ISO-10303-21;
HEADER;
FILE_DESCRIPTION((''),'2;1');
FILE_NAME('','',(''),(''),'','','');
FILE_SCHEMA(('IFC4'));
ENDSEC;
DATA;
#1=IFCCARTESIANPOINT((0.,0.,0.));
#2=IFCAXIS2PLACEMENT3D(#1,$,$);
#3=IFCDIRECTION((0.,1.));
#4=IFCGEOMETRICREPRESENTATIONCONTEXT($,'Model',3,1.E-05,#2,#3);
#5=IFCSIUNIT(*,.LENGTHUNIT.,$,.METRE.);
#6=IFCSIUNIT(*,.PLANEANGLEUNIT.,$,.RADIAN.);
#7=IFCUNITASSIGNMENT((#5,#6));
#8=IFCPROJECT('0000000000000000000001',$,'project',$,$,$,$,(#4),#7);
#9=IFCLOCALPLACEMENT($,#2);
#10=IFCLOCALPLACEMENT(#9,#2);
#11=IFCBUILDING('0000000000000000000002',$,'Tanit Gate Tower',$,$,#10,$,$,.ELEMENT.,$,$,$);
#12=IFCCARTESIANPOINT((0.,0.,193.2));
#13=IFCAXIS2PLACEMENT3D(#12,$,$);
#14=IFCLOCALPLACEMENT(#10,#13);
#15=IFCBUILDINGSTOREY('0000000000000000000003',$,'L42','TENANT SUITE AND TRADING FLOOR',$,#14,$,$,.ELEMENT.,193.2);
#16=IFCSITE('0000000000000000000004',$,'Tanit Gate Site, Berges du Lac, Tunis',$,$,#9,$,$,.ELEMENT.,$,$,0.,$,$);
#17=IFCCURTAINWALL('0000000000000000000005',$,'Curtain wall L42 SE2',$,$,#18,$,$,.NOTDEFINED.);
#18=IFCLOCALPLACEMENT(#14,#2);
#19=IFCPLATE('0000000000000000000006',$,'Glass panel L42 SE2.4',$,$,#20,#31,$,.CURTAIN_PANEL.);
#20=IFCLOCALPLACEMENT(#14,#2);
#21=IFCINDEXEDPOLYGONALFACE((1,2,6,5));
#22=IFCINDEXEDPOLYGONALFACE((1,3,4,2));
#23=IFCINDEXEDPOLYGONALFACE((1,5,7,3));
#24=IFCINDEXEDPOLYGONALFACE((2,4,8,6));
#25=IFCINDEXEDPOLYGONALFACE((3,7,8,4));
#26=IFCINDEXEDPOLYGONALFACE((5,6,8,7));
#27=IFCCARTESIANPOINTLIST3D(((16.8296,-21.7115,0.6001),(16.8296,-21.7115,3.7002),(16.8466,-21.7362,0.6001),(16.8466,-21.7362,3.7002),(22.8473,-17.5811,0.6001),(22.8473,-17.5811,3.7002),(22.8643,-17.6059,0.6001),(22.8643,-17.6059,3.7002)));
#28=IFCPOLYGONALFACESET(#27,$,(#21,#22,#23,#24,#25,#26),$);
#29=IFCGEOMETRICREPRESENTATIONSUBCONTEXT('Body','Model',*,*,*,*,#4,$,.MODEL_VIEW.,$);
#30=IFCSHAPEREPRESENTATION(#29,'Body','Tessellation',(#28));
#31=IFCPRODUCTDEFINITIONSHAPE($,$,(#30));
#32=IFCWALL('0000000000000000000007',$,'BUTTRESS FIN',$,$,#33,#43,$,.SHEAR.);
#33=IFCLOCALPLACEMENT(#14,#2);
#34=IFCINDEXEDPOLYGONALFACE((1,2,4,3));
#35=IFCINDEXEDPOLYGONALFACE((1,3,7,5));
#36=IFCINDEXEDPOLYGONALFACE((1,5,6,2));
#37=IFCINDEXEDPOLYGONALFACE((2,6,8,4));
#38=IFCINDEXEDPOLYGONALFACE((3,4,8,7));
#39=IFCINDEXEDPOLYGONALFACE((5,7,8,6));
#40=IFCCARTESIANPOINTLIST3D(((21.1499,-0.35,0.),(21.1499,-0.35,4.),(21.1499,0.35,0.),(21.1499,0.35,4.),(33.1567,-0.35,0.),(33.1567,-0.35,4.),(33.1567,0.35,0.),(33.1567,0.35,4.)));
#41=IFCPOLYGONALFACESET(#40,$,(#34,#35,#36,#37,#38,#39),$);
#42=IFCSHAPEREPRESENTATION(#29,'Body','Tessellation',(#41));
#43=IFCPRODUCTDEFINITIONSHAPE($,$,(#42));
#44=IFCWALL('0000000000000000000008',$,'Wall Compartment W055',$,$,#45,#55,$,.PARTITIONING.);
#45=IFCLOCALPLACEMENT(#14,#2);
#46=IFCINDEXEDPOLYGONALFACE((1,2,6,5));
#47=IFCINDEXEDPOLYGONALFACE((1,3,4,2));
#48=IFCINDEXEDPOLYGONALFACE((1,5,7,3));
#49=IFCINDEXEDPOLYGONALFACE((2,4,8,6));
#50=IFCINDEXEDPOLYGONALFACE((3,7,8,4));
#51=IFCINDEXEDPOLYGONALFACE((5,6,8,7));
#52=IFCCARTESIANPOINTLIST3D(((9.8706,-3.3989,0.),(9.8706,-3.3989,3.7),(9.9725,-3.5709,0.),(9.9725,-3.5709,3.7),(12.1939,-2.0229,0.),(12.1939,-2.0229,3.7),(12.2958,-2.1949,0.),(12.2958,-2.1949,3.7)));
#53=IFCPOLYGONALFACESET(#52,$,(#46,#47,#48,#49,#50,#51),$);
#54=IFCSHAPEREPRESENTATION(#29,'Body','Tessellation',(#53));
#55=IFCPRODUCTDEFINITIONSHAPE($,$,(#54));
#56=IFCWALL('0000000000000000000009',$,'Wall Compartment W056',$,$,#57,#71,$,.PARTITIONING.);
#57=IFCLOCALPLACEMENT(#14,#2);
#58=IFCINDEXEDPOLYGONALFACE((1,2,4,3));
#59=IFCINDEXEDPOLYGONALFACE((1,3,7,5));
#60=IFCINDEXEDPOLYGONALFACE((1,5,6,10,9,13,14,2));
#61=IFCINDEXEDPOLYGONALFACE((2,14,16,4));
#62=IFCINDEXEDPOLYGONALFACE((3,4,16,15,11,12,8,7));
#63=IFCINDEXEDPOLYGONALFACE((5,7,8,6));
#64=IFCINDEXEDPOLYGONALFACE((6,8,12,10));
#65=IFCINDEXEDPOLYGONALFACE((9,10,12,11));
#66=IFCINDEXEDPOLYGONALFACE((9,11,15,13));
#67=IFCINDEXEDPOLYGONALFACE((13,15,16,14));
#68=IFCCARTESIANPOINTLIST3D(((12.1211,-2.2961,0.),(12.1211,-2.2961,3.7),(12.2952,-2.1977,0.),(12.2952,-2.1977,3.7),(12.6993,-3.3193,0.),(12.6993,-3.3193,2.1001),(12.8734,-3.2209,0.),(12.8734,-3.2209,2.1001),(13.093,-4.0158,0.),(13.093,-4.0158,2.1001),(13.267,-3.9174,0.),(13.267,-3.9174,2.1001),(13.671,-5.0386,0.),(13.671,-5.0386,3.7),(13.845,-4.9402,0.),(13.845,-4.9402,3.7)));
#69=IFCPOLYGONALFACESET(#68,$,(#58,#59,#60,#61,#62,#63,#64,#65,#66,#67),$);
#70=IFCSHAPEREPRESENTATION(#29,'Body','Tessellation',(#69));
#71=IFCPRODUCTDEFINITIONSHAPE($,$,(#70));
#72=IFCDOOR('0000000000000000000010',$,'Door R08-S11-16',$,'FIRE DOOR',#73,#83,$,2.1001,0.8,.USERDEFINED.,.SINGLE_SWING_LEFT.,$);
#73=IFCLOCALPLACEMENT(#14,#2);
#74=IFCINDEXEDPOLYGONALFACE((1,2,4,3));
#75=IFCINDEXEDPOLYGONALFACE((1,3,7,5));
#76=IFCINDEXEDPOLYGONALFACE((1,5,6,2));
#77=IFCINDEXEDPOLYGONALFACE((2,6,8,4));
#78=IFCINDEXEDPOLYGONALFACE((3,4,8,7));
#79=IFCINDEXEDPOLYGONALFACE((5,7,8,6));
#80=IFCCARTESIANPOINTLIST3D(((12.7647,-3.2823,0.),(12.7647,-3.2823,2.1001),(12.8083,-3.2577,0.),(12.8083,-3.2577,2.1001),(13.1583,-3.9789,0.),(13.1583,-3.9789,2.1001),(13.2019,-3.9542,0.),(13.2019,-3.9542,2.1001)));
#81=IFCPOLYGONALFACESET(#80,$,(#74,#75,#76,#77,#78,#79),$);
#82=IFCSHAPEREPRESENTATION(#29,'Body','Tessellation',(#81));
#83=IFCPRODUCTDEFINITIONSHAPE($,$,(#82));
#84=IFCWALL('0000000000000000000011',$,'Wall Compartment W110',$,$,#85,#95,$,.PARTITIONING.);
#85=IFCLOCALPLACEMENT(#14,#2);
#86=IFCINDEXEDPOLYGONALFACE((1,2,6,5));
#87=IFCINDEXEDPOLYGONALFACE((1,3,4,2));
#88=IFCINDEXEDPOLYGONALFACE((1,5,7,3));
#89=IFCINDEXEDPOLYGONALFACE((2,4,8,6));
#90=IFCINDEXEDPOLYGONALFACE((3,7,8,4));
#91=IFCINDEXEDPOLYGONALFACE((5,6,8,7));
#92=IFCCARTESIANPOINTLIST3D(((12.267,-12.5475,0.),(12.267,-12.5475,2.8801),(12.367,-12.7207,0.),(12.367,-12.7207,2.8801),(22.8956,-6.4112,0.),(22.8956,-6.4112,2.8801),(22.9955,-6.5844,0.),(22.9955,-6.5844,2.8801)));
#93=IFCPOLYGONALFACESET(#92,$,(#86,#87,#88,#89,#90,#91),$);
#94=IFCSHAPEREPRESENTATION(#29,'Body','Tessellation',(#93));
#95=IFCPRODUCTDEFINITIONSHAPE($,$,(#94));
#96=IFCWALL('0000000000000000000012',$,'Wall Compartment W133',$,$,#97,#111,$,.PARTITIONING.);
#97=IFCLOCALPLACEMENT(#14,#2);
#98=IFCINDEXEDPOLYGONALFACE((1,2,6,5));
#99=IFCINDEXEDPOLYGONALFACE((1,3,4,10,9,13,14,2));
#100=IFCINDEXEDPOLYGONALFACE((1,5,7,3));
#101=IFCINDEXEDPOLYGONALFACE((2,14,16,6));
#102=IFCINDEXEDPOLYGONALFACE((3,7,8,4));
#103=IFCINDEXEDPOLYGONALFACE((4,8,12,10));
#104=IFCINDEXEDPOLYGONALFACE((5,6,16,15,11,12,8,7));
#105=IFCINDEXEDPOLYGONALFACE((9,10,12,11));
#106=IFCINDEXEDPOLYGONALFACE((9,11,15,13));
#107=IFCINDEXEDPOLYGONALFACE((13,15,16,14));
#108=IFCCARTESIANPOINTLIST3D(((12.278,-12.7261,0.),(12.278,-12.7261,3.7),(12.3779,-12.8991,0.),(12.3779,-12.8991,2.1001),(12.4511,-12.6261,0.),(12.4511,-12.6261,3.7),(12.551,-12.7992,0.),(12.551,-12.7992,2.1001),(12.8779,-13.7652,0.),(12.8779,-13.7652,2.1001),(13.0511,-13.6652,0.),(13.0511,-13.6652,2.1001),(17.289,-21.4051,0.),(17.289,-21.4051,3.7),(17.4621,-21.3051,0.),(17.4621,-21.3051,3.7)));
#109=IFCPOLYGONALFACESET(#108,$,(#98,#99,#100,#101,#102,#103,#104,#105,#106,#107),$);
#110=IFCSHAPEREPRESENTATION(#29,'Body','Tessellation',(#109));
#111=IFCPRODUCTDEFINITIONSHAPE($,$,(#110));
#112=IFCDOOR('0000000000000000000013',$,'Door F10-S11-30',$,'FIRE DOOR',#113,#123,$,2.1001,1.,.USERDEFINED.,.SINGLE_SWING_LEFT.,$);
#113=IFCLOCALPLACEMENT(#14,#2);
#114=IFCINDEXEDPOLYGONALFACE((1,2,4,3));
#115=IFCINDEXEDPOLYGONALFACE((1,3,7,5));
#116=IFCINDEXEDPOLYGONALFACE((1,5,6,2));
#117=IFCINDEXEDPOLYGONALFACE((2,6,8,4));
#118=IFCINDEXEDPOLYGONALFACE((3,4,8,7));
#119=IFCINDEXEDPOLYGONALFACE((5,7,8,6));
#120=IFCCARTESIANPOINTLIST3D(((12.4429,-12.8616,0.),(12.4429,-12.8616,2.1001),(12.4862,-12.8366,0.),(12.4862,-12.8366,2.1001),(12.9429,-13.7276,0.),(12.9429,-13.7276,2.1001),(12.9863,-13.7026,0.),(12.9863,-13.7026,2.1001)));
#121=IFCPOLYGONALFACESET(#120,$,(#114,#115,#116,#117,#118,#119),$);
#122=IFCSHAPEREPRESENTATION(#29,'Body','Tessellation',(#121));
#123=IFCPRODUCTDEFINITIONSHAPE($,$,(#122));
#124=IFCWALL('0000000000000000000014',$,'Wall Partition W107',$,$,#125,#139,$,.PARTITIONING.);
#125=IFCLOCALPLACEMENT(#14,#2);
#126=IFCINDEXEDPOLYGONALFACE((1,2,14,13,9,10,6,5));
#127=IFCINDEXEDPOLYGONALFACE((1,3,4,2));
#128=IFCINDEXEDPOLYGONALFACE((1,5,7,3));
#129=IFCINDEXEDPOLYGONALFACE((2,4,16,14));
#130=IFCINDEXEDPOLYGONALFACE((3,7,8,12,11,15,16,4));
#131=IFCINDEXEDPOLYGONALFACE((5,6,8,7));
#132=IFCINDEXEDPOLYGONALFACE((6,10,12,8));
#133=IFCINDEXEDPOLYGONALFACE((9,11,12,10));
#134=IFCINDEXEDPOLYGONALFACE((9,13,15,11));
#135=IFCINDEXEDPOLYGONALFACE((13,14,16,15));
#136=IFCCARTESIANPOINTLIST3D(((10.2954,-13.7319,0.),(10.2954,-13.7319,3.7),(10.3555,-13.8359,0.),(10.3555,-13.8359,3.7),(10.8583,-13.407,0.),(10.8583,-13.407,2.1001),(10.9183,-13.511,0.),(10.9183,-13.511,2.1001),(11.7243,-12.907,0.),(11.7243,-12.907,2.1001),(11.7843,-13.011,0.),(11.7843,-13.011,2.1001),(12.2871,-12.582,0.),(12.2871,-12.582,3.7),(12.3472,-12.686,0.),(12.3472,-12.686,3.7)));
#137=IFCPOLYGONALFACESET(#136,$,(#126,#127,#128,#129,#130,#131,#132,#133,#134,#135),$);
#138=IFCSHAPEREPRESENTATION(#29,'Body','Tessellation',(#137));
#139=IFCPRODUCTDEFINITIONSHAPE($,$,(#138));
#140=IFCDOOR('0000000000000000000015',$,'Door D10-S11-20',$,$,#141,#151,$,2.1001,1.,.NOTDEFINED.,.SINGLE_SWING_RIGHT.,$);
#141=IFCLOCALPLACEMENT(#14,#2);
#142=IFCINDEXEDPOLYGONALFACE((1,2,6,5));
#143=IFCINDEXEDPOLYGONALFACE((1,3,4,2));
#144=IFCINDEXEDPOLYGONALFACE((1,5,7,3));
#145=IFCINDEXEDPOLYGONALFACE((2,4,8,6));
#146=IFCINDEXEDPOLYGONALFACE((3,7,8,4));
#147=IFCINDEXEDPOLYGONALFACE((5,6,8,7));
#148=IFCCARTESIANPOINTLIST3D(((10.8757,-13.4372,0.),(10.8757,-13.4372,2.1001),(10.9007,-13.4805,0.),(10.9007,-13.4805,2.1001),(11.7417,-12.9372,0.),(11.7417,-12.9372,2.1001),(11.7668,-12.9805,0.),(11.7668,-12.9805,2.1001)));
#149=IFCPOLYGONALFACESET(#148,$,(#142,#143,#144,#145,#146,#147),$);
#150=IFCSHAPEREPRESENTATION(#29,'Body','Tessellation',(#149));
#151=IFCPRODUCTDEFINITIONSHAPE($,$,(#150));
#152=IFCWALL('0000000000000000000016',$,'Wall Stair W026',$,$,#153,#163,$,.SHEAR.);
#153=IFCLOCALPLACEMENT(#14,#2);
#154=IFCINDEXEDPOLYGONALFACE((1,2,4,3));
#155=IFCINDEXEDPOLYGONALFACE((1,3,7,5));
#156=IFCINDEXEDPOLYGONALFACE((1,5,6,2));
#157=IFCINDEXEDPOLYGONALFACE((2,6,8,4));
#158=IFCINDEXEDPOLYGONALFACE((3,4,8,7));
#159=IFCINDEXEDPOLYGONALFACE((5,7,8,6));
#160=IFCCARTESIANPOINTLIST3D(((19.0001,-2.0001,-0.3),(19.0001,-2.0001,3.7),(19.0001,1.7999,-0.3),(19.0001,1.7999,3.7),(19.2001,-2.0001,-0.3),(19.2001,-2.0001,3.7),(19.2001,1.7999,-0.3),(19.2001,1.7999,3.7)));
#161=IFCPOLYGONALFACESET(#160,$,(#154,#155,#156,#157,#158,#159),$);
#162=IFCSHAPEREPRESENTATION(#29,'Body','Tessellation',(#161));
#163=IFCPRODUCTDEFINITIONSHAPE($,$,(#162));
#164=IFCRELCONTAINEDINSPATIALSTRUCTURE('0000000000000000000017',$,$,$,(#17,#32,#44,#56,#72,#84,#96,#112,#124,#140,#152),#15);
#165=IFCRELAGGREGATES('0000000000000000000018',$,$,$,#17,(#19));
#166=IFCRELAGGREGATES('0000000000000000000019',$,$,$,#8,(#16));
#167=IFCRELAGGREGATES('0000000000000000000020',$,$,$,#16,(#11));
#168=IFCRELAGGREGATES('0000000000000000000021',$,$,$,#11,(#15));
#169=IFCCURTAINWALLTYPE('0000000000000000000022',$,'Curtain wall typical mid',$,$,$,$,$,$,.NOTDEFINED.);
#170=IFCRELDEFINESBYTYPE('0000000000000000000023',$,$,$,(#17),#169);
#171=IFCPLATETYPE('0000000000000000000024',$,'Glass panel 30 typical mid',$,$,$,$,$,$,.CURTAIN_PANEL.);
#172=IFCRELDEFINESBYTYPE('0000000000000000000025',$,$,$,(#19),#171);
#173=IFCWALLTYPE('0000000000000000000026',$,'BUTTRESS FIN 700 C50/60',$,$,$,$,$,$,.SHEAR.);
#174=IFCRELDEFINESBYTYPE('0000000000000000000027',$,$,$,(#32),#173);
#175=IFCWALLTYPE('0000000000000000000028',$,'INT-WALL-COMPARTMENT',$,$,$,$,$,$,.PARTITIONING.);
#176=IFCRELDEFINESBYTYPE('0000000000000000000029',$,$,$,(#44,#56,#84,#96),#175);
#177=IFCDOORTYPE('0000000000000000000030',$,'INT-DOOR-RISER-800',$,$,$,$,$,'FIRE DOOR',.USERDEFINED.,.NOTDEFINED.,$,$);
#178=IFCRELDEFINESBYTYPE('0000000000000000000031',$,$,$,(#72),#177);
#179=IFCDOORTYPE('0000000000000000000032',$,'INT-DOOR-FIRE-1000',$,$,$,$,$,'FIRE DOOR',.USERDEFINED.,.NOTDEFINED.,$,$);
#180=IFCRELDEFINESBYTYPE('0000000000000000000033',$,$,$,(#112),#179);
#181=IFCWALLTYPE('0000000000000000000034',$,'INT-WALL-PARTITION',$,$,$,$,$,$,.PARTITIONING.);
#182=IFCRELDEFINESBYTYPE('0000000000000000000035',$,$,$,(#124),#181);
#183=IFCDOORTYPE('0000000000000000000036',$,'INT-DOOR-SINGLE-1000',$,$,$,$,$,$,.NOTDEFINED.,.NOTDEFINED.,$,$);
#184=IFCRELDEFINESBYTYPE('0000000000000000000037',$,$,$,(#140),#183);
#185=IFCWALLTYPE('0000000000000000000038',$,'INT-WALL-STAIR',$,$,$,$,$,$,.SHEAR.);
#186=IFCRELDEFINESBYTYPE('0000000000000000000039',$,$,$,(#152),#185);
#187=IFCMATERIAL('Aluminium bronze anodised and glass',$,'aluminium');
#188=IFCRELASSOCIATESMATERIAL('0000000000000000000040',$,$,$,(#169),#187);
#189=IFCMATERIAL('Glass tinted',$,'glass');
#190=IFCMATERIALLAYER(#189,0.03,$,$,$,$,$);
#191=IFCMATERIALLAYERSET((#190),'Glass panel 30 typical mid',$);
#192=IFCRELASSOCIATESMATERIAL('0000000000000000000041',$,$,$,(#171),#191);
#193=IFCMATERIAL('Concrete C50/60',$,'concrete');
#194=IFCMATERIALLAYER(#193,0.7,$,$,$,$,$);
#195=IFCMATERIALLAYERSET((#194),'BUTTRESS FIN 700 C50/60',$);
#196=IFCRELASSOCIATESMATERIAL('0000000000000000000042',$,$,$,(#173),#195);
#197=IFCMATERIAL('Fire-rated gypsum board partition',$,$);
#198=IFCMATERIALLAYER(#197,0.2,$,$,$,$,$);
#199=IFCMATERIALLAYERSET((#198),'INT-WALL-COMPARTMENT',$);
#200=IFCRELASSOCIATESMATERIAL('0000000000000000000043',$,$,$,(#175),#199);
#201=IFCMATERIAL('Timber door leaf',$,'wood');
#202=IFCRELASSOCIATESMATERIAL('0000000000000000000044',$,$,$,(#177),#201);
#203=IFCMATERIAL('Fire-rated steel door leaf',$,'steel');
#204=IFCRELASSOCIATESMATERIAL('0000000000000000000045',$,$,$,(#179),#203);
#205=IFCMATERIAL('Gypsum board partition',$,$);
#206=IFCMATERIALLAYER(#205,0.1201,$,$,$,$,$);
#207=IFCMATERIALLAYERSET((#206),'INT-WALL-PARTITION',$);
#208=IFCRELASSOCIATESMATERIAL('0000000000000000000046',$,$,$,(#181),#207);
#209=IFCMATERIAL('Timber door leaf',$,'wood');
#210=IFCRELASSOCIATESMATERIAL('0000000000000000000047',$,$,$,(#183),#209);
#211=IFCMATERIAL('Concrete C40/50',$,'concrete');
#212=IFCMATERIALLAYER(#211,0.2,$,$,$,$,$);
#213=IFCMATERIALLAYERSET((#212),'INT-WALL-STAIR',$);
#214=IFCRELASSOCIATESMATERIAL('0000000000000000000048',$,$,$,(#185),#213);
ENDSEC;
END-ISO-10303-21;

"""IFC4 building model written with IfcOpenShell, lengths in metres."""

from ifc_helpers import new_model, si_unit, direction, frame, frame_2d, origin, origin_2d, place, context, subcontext, project, spatial, rectangle, extrude, material, layer, layer_set, type_object, element, fill, aggregate, save


model = new_model("IFC4")

# Units and contexts
model_context = context("Model", 3, precision=1e-05, world=origin(), true_north=direction((0.0, 1.0)))
body_context = subcontext(model_context, "Body", "Model", "MODEL_VIEW")
ifc_project = project(units=[si_unit("LENGTHUNIT", "METRE"), si_unit("PLANEANGLEUNIT", "RADIAN")], contexts=[model_context])

# Site, building, storey
site_placement = place(None, origin())
site = spatial("IfcSite", under=ifc_project, at=site_placement, Name="Tanit Gate Site, Berges du Lac, Tunis", CompositionType="ELEMENT", RefElevation=0.0)
building_placement = place(site_placement, origin())
building = spatial("IfcBuilding", under=site, at=building_placement, Name="Tanit Gate Tower", CompositionType="ELEMENT")
storey_placement = place(building_placement, frame((0.0, 0.0, 193.2)))
storey = spatial("IfcBuildingStorey", under=building, at=storey_placement, Name="L42", Description="TENANT SUITE AND TRADING FLOOR", CompositionType="ELEMENT", Elevation=193.2)

# Curtain wall
ifc_material_1 = material(Name="Aluminium bronze anodised and glass", Category="aluminium")
curtain_wall_type = type_object("IfcCurtainWallType", Name="Curtain wall typical mid", PredefinedType="NOTDEFINED", material=ifc_material_1)
curtain_wall_placement = place(storey_placement, origin())
curtain_wall = element("IfcCurtainWall", 1, at=curtain_wall_placement, inside=storey, type_object=curtain_wall_type, Name="Curtain wall L42 SE2", PredefinedType="NOTDEFINED")

# Plate
ifc_material_2 = material(Name="Glass tinted", Category="glass")
ifc_layer_1 = layer(ifc_material_2, 0.03)
ifc_layer_set_1 = layer_set([ifc_layer_1], Name="Glass panel 30 typical mid")
plate_type = type_object("IfcPlateType", Name="Glass panel 30 typical mid", PredefinedType="CURTAIN_PANEL", material=ifc_layer_set_1)
plate_1_placement = place(storey_placement, frame((19.8469, -19.6587, 0.6001), z_axis=(0.0, 0.0, 1.0), x_axis=(0.824479, 0.565893, 0.0)))
plate_1 = element("IfcPlate", 2, at=plate_1_placement, type_object=plate_type, Name="Glass panel L42 SE2.4", PredefinedType="CURTAIN_PANEL", context=body_context, shape_type="SweptSolid", body=[
    extrude(rectangle(XDim=7.2988, YDim=0.03, at=origin_2d()), origin(), (0.0, 0.0, 1.0), 3.1001),
])
aggregate(curtain_wall, [plate_1])

# Walls
ifc_material_3 = material(Name="Concrete C50/60", Category="concrete")
ifc_layer_2 = layer(ifc_material_3, 0.7)
ifc_layer_set_2 = layer_set([ifc_layer_2], Name="BUTTRESS FIN 700 C50/60")
wall_type_1 = type_object("IfcWallType", Name="BUTTRESS FIN 700 C50/60", PredefinedType="SHEAR", material=ifc_layer_set_2)
wall_1_placement = place(storey_placement, frame((21.1499, 0.0, 0.0), z_axis=(0.0, 0.0, 1.0), x_axis=(1.0, 0.0, 0.0)))
element("IfcWall", 3, at=wall_1_placement, inside=storey, type_object=wall_type_1, Name="BUTTRESS FIN", PredefinedType="SHEAR", context=body_context, shape_type="SweptSolid", body=[
    extrude(rectangle(XDim=12.0068, YDim=0.7, at=frame_2d((6.0034, 0.0))), origin(), (0.0, 0.0, 1.0), 4.0),
])
ifc_material_4 = material(Name="Fire-rated gypsum board partition")
ifc_layer_3 = layer(ifc_material_4, 0.2)
ifc_layer_set_3 = layer_set([ifc_layer_3], Name="INT-WALL-COMPARTMENT")
wall_type_2 = type_object("IfcWallType", Name="INT-WALL-COMPARTMENT", PredefinedType="PARTITIONING", material=ifc_layer_set_3)
wall_2_placement = place(storey_placement, frame((12.2449, -2.1089, 0.0), z_axis=(0.0, 0.0, 1.0), x_axis=(-0.860415, -0.509594, 0.0)))
element("IfcWall", 4, at=wall_2_placement, inside=storey, type_object=wall_type_2, Name="Wall Compartment W055", PredefinedType="PARTITIONING", context=body_context, shape_type="SweptSolid", body=[
    extrude(rectangle(XDim=2.7002, YDim=0.2, at=frame_2d((1.3501, 0.0))), origin(), (0.0, 0.0, 1.0), 3.7),
])

# Wall, opening, door
wall_3_placement = place(storey_placement, frame((13.7581, -4.9895, 0.0), z_axis=(0.0, 0.0, 1.0), x_axis=(-0.491993, 0.870599, 0.0)))
wall_3 = element("IfcWall", 5, at=wall_3_placement, inside=storey, type_object=wall_type_2, Name="Wall Compartment W056", PredefinedType="PARTITIONING", context=body_context, shape_type="SweptSolid", body=[
    extrude(rectangle(XDim=3.1501, YDim=0.2, at=frame_2d((1.5752, 0.0))), origin(), (0.0, 0.0, 1.0), 3.7),
])
opening_1_placement = place(wall_3_placement, frame((1.175, 0.0, 0.0)))
opening_1 = element("IfcOpeningElement", 6, at=opening_1_placement, cuts=wall_3, PredefinedType="OPENING", context=body_context, shape_type="SweptSolid", body=[
    extrude(rectangle(XDim=0.8, YDim=2.1001, at=frame_2d((0.3999, 1.05))), frame((0.0, 0.1099, 0.0), z_axis=(0.0, -1.0, 0.0), x_axis=(1.0, 0.0, 0.0)), (0.0, 0.0, 1.0), 0.22),
])
ifc_material_5 = material(Name="Timber door leaf", Category="wood")
door_type_1 = type_object("IfcDoorType", Name="INT-DOOR-RISER-800", ElementType="FIRE DOOR", OperationType="NOTDEFINED", PredefinedType="USERDEFINED", material=ifc_material_5)
door_1_placement = place(opening_1_placement, origin())
door_1 = element("IfcDoor", 7, at=door_1_placement, inside=storey, type_object=door_type_1, Name="Door R08-S11-16", ObjectType="FIRE DOOR", OperationType="SINGLE_SWING_LEFT", OverallHeight=2.1001, OverallWidth=0.8, PredefinedType="USERDEFINED", context=body_context, shape_type="SweptSolid", body=[
    extrude(rectangle(XDim=0.8, YDim=2.1001, at=frame_2d((0.3999, 1.05))), frame((0.0, 0.0249, 0.0), z_axis=(0.0, -1.0, 0.0), x_axis=(1.0, 0.0, 0.0)), (0.0, 0.0, 1.0), 0.05),
])
fill(opening_1, door_1)

# Wall
wall_4_placement = place(storey_placement, frame((12.3171, -12.634, 0.0), z_axis=(0.0, 0.0, 1.0), x_axis=(0.866029, 0.499995, 0.0)))
element("IfcWall", 8, at=wall_4_placement, inside=storey, type_object=wall_type_2, Name="Wall Compartment W110", PredefinedType="PARTITIONING", context=body_context, shape_type="SweptSolid", body=[
    extrude(rectangle(XDim=12.2727, YDim=0.2, at=frame_2d((6.1362, 0.0))), origin(), (0.0, 0.0, 1.0), 2.8801),
])

# Walls, openings, doors
wall_5_placement = place(storey_placement, frame((17.3755, -21.355, 0.0), z_axis=(0.0, 0.0, 1.0), x_axis=(-0.500014, 0.866017, 0.0)))
wall_5 = element("IfcWall", 9, at=wall_5_placement, inside=storey, type_object=wall_type_2, Name="Wall Compartment W133", PredefinedType="PARTITIONING", context=body_context, shape_type="SweptSolid", body=[
    extrude(rectangle(XDim=10.0217, YDim=0.2, at=frame_2d((5.0107, 0.0))), origin(), (0.0, 0.0, 1.0), 3.7),
])
opening_2_placement = place(wall_5_placement, frame((8.8218, 0.0, 0.0)))
opening_2 = element("IfcOpeningElement", 10, at=opening_2_placement, cuts=wall_5, PredefinedType="OPENING", context=body_context, shape_type="SweptSolid", body=[
    extrude(rectangle(XDim=1.0, YDim=2.1001, at=frame_2d((0.5, 1.05))), frame((0.0, 0.1099, 0.0), z_axis=(0.0, -1.0, 0.0), x_axis=(1.0, 0.0, 0.0)), (0.0, 0.0, 1.0), 0.22),
])
ifc_material_6 = material(Name="Fire-rated steel door leaf", Category="steel")
door_type_2 = type_object("IfcDoorType", Name="INT-DOOR-FIRE-1000", ElementType="FIRE DOOR", OperationType="NOTDEFINED", PredefinedType="USERDEFINED", material=ifc_material_6)
door_2_placement = place(opening_2_placement, origin())
door_2 = element("IfcDoor", 11, at=door_2_placement, inside=storey, type_object=door_type_2, Name="Door F10-S11-30", ObjectType="FIRE DOOR", OperationType="SINGLE_SWING_LEFT", OverallHeight=2.1001, OverallWidth=1.0, PredefinedType="USERDEFINED", context=body_context, shape_type="SweptSolid", body=[
    extrude(rectangle(XDim=1.0, YDim=2.1001, at=frame_2d((0.5, 1.05))), frame((0.0, 0.0249, 0.0), z_axis=(0.0, -1.0, 0.0), x_axis=(1.0, 0.0, 0.0)), (0.0, 0.0, 1.0), 0.05),
])
fill(opening_2, door_2)
ifc_material_7 = material(Name="Gypsum board partition")
ifc_layer_4 = layer(ifc_material_7, 0.1201)
ifc_layer_set_4 = layer_set([ifc_layer_4], Name="INT-WALL-PARTITION")
wall_type_3 = type_object("IfcWallType", Name="INT-WALL-PARTITION", PredefinedType="PARTITIONING", material=ifc_layer_set_4)
wall_6_placement = place(storey_placement, frame((12.3171, -12.634, 0.0), z_axis=(0.0, 0.0, 1.0), x_axis=(-0.866026, -0.499998, 0.0)))
wall_6 = element("IfcWall", 12, at=wall_6_placement, inside=storey, type_object=wall_type_3, Name="Wall Partition W107", PredefinedType="PARTITIONING", context=body_context, shape_type="SweptSolid", body=[
    extrude(rectangle(XDim=2.2998, YDim=0.1201, at=frame_2d((1.1499, 0.0))), origin(), (0.0, 0.0, 1.0), 3.7),
])
opening_3_placement = place(wall_6_placement, frame((0.6499, 0.0, 0.0)))
opening_3 = element("IfcOpeningElement", 13, at=opening_3_placement, cuts=wall_6, PredefinedType="OPENING", context=body_context, shape_type="SweptSolid", body=[
    extrude(rectangle(XDim=1.0, YDim=2.1001, at=frame_2d((0.5, 1.05))), frame((0.0, 0.0701, 0.0), z_axis=(0.0, -1.0, 0.0), x_axis=(1.0, 0.0, 0.0)), (0.0, 0.0, 1.0), 0.1401),
])
ifc_material_8 = material(Name="Timber door leaf", Category="wood")
door_type_3 = type_object("IfcDoorType", Name="INT-DOOR-SINGLE-1000", OperationType="NOTDEFINED", PredefinedType="NOTDEFINED", material=ifc_material_8)
door_3_placement = place(opening_3_placement, origin())
door_3 = element("IfcDoor", 14, at=door_3_placement, inside=storey, type_object=door_type_3, Name="Door D10-S11-20", OperationType="SINGLE_SWING_RIGHT", OverallHeight=2.1001, OverallWidth=1.0, PredefinedType="NOTDEFINED", context=body_context, shape_type="SweptSolid", body=[
    extrude(rectangle(XDim=1.0, YDim=2.1001, at=frame_2d((0.5, 1.05))), frame((0.0, 0.0249, 0.0), z_axis=(0.0, -1.0, 0.0), x_axis=(1.0, 0.0, 0.0)), (0.0, 0.0, 1.0), 0.05),
])
fill(opening_3, door_3)

# Wall
ifc_material_9 = material(Name="Concrete C40/50", Category="concrete")
ifc_layer_5 = layer(ifc_material_9, 0.2)
ifc_layer_set_5 = layer_set([ifc_layer_5], Name="INT-WALL-STAIR")
wall_type_4 = type_object("IfcWallType", Name="INT-WALL-STAIR", PredefinedType="SHEAR", material=ifc_layer_set_5)
wall_7_placement = place(storey_placement, frame((19.1001, -2.0, -0.3), z_axis=(0.0, 0.0, 1.0), x_axis=(0.0, 1.0, 0.0)))
element("IfcWall", 15, at=wall_7_placement, inside=storey, type_object=wall_type_4, Name="Wall Stair W026", PredefinedType="SHEAR", context=body_context, shape_type="SweptSolid", body=[
    extrude(rectangle(XDim=3.8, YDim=0.2, at=frame_2d((1.8999, 0.0))), origin(), (0.0, 0.0, 1.0), 4.0),
])

save(model, "model.ifc")
